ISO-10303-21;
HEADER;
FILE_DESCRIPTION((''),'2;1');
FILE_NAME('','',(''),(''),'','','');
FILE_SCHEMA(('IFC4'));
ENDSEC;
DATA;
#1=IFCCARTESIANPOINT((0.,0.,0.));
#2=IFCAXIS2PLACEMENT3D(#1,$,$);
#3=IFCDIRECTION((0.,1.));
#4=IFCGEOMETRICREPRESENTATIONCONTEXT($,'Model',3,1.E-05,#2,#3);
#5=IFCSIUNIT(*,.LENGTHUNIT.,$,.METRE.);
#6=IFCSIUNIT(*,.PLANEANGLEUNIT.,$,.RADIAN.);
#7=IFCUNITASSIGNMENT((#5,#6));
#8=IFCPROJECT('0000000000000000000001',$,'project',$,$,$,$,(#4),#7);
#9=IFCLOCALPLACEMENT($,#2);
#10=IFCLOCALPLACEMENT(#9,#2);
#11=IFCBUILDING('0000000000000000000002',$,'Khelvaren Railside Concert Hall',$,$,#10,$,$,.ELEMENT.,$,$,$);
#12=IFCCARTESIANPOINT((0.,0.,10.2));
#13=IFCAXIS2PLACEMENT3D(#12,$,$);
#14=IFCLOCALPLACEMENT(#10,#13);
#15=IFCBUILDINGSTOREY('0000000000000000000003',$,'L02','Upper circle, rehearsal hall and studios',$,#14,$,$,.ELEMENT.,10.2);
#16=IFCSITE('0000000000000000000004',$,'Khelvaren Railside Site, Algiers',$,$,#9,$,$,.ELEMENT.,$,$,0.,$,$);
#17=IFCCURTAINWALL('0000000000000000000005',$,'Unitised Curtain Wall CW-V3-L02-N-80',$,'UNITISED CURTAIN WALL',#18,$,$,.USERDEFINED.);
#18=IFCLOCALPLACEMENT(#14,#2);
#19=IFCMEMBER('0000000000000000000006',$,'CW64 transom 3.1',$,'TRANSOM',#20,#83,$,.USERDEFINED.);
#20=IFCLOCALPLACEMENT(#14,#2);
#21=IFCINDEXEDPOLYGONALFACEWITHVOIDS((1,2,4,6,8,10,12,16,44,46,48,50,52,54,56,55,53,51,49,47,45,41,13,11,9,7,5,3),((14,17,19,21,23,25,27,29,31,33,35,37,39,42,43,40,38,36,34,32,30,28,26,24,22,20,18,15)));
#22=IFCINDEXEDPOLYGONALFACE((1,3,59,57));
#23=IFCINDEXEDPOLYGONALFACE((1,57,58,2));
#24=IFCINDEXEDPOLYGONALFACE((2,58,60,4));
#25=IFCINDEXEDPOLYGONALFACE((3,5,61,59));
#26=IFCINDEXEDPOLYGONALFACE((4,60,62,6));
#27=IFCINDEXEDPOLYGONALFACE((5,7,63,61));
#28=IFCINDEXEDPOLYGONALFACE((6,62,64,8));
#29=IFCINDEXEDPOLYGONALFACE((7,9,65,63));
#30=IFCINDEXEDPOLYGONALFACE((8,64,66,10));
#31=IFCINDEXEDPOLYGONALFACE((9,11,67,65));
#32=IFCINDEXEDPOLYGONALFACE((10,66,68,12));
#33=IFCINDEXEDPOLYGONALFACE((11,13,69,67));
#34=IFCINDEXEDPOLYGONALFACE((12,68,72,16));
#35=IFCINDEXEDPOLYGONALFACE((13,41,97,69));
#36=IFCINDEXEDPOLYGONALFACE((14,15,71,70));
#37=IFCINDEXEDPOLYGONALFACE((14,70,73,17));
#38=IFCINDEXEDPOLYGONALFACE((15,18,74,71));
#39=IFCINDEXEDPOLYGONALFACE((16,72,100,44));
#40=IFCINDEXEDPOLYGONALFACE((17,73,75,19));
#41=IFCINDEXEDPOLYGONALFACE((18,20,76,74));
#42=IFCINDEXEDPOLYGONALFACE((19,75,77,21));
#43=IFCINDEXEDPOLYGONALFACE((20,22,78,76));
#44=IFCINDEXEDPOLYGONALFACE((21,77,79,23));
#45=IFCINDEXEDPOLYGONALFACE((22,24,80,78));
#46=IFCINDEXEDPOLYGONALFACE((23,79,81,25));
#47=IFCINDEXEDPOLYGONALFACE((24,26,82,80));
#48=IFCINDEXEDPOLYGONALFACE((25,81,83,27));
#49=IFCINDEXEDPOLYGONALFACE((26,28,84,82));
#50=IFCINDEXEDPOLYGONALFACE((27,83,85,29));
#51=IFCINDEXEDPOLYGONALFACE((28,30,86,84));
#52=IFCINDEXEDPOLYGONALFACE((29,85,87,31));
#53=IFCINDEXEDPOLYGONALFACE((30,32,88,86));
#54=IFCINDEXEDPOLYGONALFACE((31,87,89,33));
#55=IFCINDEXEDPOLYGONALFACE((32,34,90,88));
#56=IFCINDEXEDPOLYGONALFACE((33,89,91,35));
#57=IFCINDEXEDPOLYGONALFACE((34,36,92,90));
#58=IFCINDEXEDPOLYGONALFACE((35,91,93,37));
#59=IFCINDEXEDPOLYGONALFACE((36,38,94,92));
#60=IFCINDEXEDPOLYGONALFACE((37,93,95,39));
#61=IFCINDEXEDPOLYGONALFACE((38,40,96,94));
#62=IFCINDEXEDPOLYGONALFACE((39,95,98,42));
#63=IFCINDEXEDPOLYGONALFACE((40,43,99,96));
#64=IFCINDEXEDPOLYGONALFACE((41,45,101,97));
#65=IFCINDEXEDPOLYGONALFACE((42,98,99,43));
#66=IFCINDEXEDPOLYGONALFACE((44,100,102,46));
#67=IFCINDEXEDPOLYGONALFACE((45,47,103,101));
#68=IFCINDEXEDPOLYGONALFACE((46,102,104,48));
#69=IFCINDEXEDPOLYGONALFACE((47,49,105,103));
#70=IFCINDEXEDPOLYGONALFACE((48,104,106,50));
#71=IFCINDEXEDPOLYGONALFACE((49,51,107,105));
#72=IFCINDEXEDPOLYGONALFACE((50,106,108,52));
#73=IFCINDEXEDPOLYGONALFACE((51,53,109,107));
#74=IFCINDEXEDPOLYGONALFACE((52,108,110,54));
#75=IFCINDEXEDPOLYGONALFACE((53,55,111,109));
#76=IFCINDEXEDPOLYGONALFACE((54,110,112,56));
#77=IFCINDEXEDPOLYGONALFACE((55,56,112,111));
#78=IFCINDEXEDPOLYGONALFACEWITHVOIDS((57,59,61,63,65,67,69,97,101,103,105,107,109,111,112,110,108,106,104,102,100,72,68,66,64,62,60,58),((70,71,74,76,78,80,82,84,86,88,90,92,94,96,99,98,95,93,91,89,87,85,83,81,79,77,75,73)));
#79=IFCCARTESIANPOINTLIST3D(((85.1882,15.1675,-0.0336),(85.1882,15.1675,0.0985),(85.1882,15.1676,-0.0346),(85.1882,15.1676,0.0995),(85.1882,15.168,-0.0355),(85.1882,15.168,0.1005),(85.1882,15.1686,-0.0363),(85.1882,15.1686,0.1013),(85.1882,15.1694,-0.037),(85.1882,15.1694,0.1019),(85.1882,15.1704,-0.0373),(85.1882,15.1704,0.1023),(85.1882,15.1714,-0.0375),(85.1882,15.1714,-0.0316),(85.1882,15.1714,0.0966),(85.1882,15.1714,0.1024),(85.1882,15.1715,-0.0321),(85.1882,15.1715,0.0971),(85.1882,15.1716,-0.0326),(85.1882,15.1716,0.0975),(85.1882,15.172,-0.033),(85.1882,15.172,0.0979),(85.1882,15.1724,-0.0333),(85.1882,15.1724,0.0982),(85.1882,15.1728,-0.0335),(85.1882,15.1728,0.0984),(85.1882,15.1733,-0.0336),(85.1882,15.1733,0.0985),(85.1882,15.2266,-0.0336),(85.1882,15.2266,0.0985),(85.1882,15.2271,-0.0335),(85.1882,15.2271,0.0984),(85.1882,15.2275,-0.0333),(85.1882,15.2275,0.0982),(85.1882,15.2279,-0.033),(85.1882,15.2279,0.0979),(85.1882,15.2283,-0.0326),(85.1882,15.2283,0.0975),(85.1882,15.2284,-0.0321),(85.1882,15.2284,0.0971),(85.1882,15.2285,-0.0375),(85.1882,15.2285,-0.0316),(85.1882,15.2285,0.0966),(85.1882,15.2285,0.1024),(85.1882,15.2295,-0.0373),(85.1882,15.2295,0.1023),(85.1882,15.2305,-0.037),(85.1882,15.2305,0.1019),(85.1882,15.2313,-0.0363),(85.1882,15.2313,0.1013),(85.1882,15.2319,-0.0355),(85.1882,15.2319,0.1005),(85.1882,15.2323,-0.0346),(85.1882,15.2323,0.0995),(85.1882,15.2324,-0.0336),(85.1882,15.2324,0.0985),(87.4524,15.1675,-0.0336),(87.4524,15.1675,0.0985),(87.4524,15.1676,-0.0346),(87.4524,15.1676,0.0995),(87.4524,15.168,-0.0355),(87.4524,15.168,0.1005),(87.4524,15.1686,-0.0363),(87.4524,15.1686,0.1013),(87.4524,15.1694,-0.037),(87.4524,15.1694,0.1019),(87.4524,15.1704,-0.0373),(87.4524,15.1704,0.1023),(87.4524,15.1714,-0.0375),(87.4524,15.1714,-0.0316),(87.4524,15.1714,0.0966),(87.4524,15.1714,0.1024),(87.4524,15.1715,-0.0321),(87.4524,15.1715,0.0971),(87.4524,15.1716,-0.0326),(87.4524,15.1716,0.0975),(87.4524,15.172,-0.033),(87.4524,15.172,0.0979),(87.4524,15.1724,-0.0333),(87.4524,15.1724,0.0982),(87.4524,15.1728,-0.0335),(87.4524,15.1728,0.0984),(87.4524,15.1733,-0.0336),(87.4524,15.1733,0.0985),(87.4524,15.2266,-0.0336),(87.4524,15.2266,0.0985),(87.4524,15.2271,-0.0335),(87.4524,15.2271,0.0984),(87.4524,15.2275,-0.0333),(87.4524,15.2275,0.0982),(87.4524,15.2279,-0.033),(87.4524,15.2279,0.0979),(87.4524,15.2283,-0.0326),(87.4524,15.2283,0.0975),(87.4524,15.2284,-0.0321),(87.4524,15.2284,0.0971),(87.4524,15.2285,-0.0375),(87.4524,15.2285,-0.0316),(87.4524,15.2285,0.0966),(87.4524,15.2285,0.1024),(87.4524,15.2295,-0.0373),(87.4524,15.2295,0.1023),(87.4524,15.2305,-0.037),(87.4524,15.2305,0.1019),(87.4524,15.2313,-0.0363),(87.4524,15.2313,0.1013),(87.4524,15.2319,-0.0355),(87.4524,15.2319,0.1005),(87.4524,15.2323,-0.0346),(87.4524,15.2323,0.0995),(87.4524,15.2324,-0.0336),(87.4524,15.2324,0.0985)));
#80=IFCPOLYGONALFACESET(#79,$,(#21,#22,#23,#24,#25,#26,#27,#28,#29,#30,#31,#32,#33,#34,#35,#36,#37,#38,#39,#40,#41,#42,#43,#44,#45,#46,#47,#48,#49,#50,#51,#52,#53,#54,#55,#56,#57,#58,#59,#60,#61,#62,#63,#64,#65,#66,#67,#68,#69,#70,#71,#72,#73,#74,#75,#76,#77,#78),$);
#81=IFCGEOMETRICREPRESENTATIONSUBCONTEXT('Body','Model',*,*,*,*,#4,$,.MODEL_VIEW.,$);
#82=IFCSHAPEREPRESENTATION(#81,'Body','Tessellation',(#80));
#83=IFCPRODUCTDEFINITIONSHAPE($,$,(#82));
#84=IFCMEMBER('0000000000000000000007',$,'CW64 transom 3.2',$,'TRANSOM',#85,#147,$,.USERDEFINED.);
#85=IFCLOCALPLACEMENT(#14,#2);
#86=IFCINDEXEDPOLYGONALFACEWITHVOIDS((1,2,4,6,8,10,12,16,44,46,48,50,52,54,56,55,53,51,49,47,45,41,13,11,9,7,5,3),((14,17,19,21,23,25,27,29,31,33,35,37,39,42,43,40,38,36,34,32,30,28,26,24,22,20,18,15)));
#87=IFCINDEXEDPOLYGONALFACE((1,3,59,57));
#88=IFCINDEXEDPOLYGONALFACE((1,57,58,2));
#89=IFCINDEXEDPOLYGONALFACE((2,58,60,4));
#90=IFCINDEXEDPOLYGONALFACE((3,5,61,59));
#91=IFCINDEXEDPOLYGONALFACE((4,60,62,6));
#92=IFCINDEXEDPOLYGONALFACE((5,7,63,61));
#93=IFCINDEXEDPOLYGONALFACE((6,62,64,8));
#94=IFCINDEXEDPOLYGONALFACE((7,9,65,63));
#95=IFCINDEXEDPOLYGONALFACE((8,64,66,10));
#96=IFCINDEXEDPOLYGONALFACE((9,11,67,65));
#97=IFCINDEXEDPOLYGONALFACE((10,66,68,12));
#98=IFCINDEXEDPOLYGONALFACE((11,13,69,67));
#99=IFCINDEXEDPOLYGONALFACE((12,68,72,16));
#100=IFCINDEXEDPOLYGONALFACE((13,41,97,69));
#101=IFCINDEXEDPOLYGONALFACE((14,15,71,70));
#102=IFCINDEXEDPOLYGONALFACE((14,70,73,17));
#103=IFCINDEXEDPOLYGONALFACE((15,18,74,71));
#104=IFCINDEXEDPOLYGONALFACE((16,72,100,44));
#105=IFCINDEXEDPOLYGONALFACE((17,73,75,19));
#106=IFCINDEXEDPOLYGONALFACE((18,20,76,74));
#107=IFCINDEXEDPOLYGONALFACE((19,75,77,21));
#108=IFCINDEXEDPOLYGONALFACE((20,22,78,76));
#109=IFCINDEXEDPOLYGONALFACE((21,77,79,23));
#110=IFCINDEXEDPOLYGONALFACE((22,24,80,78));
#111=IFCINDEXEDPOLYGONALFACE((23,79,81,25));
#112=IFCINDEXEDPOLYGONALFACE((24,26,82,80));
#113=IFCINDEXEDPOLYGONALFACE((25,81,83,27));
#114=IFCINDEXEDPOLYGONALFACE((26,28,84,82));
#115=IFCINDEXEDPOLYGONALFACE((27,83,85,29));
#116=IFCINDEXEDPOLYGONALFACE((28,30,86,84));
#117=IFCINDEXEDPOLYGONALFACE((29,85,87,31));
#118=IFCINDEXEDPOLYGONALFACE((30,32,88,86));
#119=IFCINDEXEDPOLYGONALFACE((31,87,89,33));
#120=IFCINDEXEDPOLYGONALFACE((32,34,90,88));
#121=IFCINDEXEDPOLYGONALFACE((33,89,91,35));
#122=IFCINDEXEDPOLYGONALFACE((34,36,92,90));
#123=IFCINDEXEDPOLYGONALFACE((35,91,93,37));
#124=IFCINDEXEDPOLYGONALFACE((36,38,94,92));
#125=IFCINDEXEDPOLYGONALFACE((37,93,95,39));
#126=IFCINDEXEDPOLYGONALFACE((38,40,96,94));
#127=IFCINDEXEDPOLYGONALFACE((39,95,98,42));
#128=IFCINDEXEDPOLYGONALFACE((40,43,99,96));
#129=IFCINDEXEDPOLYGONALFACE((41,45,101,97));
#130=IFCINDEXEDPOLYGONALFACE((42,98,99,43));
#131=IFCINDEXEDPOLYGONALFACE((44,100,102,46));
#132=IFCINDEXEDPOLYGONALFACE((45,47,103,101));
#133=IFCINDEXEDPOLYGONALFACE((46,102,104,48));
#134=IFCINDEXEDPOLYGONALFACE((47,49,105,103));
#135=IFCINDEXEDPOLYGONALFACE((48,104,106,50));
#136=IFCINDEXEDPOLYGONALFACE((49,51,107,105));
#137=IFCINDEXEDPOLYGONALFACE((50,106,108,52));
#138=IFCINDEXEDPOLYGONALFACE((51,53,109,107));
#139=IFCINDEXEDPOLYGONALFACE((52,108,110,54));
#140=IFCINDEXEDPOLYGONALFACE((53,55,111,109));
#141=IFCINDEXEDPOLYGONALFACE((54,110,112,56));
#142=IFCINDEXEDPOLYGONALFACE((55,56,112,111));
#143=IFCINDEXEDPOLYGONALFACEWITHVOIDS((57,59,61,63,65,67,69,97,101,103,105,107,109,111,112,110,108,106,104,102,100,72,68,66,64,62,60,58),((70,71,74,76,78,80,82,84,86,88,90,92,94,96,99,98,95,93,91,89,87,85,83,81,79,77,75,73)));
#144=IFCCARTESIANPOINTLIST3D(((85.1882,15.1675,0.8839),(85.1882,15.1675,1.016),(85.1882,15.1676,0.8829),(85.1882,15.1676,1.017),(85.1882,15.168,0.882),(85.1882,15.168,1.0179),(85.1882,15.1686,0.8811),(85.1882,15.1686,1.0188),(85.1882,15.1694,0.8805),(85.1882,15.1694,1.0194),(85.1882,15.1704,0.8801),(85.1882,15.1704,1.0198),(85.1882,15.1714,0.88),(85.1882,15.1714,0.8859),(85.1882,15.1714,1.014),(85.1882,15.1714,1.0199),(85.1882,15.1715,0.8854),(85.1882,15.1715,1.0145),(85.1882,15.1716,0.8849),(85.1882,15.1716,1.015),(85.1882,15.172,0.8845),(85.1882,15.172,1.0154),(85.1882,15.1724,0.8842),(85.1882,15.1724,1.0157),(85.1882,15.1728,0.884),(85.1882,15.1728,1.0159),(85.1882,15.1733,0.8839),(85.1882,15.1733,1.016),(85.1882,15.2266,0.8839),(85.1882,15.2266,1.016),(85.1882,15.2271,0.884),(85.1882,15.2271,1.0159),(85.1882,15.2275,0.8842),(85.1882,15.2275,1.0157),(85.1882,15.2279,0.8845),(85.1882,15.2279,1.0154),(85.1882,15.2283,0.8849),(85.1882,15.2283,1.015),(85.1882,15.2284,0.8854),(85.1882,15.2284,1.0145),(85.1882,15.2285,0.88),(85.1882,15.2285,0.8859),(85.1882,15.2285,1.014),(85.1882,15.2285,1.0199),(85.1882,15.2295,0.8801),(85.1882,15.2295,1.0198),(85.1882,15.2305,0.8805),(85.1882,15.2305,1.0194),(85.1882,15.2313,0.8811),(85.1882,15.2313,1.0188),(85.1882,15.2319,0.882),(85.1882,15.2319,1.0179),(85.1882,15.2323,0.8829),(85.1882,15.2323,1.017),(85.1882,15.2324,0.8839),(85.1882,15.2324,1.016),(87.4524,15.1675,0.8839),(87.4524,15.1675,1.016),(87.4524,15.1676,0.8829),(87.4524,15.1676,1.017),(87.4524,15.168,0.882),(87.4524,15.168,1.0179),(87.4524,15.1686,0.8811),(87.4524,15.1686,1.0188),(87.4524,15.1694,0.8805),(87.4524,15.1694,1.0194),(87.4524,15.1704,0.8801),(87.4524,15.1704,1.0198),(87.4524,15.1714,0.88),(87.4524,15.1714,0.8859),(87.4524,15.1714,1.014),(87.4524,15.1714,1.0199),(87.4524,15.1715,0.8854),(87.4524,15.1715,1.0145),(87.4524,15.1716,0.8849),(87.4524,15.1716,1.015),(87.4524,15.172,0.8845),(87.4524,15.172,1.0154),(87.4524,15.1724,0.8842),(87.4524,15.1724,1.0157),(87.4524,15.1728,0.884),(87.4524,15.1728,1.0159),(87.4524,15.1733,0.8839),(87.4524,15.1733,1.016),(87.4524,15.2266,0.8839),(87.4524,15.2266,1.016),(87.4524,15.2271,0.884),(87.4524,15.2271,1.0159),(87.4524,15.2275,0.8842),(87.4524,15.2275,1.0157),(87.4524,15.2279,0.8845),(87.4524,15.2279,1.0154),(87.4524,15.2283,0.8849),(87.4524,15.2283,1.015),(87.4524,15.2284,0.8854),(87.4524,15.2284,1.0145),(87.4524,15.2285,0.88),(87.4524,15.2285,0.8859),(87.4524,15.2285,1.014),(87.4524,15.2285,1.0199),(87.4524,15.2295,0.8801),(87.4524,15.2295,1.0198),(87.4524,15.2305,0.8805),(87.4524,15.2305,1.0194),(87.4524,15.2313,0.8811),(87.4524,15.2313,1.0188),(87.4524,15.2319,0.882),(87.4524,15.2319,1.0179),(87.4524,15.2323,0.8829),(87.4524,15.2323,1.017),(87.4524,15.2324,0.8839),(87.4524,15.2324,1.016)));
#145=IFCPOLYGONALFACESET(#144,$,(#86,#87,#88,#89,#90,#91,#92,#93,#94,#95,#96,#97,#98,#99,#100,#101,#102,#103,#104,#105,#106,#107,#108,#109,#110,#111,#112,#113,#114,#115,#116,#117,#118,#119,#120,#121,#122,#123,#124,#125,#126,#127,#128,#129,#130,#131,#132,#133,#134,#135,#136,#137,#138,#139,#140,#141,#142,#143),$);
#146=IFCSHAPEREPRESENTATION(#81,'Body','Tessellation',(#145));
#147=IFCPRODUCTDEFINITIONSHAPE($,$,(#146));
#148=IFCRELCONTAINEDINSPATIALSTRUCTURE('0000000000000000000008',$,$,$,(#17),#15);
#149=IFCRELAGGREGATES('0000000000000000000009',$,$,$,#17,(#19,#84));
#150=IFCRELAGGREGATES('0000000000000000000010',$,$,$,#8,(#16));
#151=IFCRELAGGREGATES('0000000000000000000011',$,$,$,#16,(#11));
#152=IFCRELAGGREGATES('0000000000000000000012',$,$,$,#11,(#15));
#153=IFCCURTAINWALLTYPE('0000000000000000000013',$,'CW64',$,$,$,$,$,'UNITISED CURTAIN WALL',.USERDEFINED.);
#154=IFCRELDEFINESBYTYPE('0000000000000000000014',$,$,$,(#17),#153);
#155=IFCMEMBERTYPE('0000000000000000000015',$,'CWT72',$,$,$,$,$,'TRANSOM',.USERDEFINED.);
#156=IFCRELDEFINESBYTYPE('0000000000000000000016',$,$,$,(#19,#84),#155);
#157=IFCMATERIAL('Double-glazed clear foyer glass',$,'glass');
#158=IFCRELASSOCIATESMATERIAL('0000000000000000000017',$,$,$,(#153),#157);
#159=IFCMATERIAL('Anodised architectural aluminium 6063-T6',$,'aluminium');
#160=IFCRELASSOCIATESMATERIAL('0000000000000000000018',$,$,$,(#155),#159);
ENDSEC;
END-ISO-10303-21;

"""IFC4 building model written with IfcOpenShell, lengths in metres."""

from ifc_helpers import new_model, si_unit, direction, frame, origin, origin_2d, place, context, subcontext, project, spatial, hollow_rectangle, extrude, material, material_profile, profile_set, type_object, element, aggregate, save


model = new_model("IFC4")

# Units and contexts
model_context = context("Model", 3, precision=1e-05, world=origin(), true_north=direction((0.0, 1.0)))
body_context = subcontext(model_context, "Body", "Model", "MODEL_VIEW")
ifc_project = project(units=[si_unit("LENGTHUNIT", "METRE"), si_unit("PLANEANGLEUNIT", "RADIAN")], contexts=[model_context])

# Site, building, storey
site_placement = place(None, origin())
site = spatial("IfcSite", under=ifc_project, at=site_placement, Name="Khelvaren Railside Site, Algiers", CompositionType="ELEMENT", RefElevation=0.0)
building_placement = place(site_placement, origin())
building = spatial("IfcBuilding", under=site, at=building_placement, Name="Khelvaren Railside Concert Hall", CompositionType="ELEMENT")
storey_placement = place(building_placement, frame((0.0, 0.0, 10.2)))
storey = spatial("IfcBuildingStorey", under=building, at=storey_placement, Name="L02", Description="Upper circle, rehearsal hall and studios", CompositionType="ELEMENT", Elevation=10.2)

# Curtain wall, members
ifc_material_1 = material(Name="Double-glazed clear foyer glass", Category="glass")
curtain_wall_type = type_object("IfcCurtainWallType", Name="CW64", ElementType="UNITISED CURTAIN WALL", PredefinedType="USERDEFINED", material=ifc_material_1)
curtain_wall_placement = place(storey_placement, origin())
curtain_wall = element("IfcCurtainWall", 1, at=curtain_wall_placement, inside=storey, type_object=curtain_wall_type, Name="Unitised Curtain Wall CW-V3-L02-N-80", ObjectType="UNITISED CURTAIN WALL", PredefinedType="USERDEFINED")
ifc_material_2 = material(Name="Anodised architectural aluminium 6063-T6", Category="aluminium")
ifc_material_profile_1 = material_profile(ifc_material_2, hollow_rectangle(XDim=0.0649, YDim=0.1399, WallThickness=0.0039, InnerFilletRadius=0.002, OuterFilletRadius=0.0039, at=origin_2d()), Name="CWT 65x140x4")
ifc_profile_set_1 = profile_set([ifc_material_profile_1], Name="Anodised architectural aluminium 6063-T6")
member_type_1 = type_object("IfcMemberType", Name="CWT72", ElementType="TRANSOM", PredefinedType="USERDEFINED", material=ifc_profile_set_1)
member_1_placement = place(storey_placement, frame((85.1882, 15.2, 0.0325), z_axis=(1.0, 0.0, 0.0), x_axis=(0.0, 1.0, 0.0)))
member_1 = element("IfcMember", 2, at=member_1_placement, type_object=member_type_1, Name="CW64 transom 3.1", ObjectType="TRANSOM", PredefinedType="USERDEFINED", context=body_context, shape_type="SweptSolid", body=[
    extrude(hollow_rectangle(XDim=0.0649, YDim=0.1399, WallThickness=0.0039, InnerFilletRadius=0.002, OuterFilletRadius=0.0039, at=origin_2d()), origin(), (0.0, 0.0, 1.0), 2.2642),
])
member_2_placement = place(storey_placement, frame((85.1882, 15.2, 0.95), z_axis=(1.0, 0.0, 0.0), x_axis=(0.0, 1.0, 0.0)))
member_2 = element("IfcMember", 3, at=member_2_placement, type_object=member_type_1, Name="CW64 transom 3.2", ObjectType="TRANSOM", PredefinedType="USERDEFINED", context=body_context, shape_type="SweptSolid", body=[
    extrude(hollow_rectangle(XDim=0.0649, YDim=0.1399, WallThickness=0.0039, InnerFilletRadius=0.002, OuterFilletRadius=0.0039, at=origin_2d()), origin(), (0.0, 0.0, 1.0), 2.2642),
])
aggregate(curtain_wall, [member_1, member_2])

save(model, "model.ifc")
